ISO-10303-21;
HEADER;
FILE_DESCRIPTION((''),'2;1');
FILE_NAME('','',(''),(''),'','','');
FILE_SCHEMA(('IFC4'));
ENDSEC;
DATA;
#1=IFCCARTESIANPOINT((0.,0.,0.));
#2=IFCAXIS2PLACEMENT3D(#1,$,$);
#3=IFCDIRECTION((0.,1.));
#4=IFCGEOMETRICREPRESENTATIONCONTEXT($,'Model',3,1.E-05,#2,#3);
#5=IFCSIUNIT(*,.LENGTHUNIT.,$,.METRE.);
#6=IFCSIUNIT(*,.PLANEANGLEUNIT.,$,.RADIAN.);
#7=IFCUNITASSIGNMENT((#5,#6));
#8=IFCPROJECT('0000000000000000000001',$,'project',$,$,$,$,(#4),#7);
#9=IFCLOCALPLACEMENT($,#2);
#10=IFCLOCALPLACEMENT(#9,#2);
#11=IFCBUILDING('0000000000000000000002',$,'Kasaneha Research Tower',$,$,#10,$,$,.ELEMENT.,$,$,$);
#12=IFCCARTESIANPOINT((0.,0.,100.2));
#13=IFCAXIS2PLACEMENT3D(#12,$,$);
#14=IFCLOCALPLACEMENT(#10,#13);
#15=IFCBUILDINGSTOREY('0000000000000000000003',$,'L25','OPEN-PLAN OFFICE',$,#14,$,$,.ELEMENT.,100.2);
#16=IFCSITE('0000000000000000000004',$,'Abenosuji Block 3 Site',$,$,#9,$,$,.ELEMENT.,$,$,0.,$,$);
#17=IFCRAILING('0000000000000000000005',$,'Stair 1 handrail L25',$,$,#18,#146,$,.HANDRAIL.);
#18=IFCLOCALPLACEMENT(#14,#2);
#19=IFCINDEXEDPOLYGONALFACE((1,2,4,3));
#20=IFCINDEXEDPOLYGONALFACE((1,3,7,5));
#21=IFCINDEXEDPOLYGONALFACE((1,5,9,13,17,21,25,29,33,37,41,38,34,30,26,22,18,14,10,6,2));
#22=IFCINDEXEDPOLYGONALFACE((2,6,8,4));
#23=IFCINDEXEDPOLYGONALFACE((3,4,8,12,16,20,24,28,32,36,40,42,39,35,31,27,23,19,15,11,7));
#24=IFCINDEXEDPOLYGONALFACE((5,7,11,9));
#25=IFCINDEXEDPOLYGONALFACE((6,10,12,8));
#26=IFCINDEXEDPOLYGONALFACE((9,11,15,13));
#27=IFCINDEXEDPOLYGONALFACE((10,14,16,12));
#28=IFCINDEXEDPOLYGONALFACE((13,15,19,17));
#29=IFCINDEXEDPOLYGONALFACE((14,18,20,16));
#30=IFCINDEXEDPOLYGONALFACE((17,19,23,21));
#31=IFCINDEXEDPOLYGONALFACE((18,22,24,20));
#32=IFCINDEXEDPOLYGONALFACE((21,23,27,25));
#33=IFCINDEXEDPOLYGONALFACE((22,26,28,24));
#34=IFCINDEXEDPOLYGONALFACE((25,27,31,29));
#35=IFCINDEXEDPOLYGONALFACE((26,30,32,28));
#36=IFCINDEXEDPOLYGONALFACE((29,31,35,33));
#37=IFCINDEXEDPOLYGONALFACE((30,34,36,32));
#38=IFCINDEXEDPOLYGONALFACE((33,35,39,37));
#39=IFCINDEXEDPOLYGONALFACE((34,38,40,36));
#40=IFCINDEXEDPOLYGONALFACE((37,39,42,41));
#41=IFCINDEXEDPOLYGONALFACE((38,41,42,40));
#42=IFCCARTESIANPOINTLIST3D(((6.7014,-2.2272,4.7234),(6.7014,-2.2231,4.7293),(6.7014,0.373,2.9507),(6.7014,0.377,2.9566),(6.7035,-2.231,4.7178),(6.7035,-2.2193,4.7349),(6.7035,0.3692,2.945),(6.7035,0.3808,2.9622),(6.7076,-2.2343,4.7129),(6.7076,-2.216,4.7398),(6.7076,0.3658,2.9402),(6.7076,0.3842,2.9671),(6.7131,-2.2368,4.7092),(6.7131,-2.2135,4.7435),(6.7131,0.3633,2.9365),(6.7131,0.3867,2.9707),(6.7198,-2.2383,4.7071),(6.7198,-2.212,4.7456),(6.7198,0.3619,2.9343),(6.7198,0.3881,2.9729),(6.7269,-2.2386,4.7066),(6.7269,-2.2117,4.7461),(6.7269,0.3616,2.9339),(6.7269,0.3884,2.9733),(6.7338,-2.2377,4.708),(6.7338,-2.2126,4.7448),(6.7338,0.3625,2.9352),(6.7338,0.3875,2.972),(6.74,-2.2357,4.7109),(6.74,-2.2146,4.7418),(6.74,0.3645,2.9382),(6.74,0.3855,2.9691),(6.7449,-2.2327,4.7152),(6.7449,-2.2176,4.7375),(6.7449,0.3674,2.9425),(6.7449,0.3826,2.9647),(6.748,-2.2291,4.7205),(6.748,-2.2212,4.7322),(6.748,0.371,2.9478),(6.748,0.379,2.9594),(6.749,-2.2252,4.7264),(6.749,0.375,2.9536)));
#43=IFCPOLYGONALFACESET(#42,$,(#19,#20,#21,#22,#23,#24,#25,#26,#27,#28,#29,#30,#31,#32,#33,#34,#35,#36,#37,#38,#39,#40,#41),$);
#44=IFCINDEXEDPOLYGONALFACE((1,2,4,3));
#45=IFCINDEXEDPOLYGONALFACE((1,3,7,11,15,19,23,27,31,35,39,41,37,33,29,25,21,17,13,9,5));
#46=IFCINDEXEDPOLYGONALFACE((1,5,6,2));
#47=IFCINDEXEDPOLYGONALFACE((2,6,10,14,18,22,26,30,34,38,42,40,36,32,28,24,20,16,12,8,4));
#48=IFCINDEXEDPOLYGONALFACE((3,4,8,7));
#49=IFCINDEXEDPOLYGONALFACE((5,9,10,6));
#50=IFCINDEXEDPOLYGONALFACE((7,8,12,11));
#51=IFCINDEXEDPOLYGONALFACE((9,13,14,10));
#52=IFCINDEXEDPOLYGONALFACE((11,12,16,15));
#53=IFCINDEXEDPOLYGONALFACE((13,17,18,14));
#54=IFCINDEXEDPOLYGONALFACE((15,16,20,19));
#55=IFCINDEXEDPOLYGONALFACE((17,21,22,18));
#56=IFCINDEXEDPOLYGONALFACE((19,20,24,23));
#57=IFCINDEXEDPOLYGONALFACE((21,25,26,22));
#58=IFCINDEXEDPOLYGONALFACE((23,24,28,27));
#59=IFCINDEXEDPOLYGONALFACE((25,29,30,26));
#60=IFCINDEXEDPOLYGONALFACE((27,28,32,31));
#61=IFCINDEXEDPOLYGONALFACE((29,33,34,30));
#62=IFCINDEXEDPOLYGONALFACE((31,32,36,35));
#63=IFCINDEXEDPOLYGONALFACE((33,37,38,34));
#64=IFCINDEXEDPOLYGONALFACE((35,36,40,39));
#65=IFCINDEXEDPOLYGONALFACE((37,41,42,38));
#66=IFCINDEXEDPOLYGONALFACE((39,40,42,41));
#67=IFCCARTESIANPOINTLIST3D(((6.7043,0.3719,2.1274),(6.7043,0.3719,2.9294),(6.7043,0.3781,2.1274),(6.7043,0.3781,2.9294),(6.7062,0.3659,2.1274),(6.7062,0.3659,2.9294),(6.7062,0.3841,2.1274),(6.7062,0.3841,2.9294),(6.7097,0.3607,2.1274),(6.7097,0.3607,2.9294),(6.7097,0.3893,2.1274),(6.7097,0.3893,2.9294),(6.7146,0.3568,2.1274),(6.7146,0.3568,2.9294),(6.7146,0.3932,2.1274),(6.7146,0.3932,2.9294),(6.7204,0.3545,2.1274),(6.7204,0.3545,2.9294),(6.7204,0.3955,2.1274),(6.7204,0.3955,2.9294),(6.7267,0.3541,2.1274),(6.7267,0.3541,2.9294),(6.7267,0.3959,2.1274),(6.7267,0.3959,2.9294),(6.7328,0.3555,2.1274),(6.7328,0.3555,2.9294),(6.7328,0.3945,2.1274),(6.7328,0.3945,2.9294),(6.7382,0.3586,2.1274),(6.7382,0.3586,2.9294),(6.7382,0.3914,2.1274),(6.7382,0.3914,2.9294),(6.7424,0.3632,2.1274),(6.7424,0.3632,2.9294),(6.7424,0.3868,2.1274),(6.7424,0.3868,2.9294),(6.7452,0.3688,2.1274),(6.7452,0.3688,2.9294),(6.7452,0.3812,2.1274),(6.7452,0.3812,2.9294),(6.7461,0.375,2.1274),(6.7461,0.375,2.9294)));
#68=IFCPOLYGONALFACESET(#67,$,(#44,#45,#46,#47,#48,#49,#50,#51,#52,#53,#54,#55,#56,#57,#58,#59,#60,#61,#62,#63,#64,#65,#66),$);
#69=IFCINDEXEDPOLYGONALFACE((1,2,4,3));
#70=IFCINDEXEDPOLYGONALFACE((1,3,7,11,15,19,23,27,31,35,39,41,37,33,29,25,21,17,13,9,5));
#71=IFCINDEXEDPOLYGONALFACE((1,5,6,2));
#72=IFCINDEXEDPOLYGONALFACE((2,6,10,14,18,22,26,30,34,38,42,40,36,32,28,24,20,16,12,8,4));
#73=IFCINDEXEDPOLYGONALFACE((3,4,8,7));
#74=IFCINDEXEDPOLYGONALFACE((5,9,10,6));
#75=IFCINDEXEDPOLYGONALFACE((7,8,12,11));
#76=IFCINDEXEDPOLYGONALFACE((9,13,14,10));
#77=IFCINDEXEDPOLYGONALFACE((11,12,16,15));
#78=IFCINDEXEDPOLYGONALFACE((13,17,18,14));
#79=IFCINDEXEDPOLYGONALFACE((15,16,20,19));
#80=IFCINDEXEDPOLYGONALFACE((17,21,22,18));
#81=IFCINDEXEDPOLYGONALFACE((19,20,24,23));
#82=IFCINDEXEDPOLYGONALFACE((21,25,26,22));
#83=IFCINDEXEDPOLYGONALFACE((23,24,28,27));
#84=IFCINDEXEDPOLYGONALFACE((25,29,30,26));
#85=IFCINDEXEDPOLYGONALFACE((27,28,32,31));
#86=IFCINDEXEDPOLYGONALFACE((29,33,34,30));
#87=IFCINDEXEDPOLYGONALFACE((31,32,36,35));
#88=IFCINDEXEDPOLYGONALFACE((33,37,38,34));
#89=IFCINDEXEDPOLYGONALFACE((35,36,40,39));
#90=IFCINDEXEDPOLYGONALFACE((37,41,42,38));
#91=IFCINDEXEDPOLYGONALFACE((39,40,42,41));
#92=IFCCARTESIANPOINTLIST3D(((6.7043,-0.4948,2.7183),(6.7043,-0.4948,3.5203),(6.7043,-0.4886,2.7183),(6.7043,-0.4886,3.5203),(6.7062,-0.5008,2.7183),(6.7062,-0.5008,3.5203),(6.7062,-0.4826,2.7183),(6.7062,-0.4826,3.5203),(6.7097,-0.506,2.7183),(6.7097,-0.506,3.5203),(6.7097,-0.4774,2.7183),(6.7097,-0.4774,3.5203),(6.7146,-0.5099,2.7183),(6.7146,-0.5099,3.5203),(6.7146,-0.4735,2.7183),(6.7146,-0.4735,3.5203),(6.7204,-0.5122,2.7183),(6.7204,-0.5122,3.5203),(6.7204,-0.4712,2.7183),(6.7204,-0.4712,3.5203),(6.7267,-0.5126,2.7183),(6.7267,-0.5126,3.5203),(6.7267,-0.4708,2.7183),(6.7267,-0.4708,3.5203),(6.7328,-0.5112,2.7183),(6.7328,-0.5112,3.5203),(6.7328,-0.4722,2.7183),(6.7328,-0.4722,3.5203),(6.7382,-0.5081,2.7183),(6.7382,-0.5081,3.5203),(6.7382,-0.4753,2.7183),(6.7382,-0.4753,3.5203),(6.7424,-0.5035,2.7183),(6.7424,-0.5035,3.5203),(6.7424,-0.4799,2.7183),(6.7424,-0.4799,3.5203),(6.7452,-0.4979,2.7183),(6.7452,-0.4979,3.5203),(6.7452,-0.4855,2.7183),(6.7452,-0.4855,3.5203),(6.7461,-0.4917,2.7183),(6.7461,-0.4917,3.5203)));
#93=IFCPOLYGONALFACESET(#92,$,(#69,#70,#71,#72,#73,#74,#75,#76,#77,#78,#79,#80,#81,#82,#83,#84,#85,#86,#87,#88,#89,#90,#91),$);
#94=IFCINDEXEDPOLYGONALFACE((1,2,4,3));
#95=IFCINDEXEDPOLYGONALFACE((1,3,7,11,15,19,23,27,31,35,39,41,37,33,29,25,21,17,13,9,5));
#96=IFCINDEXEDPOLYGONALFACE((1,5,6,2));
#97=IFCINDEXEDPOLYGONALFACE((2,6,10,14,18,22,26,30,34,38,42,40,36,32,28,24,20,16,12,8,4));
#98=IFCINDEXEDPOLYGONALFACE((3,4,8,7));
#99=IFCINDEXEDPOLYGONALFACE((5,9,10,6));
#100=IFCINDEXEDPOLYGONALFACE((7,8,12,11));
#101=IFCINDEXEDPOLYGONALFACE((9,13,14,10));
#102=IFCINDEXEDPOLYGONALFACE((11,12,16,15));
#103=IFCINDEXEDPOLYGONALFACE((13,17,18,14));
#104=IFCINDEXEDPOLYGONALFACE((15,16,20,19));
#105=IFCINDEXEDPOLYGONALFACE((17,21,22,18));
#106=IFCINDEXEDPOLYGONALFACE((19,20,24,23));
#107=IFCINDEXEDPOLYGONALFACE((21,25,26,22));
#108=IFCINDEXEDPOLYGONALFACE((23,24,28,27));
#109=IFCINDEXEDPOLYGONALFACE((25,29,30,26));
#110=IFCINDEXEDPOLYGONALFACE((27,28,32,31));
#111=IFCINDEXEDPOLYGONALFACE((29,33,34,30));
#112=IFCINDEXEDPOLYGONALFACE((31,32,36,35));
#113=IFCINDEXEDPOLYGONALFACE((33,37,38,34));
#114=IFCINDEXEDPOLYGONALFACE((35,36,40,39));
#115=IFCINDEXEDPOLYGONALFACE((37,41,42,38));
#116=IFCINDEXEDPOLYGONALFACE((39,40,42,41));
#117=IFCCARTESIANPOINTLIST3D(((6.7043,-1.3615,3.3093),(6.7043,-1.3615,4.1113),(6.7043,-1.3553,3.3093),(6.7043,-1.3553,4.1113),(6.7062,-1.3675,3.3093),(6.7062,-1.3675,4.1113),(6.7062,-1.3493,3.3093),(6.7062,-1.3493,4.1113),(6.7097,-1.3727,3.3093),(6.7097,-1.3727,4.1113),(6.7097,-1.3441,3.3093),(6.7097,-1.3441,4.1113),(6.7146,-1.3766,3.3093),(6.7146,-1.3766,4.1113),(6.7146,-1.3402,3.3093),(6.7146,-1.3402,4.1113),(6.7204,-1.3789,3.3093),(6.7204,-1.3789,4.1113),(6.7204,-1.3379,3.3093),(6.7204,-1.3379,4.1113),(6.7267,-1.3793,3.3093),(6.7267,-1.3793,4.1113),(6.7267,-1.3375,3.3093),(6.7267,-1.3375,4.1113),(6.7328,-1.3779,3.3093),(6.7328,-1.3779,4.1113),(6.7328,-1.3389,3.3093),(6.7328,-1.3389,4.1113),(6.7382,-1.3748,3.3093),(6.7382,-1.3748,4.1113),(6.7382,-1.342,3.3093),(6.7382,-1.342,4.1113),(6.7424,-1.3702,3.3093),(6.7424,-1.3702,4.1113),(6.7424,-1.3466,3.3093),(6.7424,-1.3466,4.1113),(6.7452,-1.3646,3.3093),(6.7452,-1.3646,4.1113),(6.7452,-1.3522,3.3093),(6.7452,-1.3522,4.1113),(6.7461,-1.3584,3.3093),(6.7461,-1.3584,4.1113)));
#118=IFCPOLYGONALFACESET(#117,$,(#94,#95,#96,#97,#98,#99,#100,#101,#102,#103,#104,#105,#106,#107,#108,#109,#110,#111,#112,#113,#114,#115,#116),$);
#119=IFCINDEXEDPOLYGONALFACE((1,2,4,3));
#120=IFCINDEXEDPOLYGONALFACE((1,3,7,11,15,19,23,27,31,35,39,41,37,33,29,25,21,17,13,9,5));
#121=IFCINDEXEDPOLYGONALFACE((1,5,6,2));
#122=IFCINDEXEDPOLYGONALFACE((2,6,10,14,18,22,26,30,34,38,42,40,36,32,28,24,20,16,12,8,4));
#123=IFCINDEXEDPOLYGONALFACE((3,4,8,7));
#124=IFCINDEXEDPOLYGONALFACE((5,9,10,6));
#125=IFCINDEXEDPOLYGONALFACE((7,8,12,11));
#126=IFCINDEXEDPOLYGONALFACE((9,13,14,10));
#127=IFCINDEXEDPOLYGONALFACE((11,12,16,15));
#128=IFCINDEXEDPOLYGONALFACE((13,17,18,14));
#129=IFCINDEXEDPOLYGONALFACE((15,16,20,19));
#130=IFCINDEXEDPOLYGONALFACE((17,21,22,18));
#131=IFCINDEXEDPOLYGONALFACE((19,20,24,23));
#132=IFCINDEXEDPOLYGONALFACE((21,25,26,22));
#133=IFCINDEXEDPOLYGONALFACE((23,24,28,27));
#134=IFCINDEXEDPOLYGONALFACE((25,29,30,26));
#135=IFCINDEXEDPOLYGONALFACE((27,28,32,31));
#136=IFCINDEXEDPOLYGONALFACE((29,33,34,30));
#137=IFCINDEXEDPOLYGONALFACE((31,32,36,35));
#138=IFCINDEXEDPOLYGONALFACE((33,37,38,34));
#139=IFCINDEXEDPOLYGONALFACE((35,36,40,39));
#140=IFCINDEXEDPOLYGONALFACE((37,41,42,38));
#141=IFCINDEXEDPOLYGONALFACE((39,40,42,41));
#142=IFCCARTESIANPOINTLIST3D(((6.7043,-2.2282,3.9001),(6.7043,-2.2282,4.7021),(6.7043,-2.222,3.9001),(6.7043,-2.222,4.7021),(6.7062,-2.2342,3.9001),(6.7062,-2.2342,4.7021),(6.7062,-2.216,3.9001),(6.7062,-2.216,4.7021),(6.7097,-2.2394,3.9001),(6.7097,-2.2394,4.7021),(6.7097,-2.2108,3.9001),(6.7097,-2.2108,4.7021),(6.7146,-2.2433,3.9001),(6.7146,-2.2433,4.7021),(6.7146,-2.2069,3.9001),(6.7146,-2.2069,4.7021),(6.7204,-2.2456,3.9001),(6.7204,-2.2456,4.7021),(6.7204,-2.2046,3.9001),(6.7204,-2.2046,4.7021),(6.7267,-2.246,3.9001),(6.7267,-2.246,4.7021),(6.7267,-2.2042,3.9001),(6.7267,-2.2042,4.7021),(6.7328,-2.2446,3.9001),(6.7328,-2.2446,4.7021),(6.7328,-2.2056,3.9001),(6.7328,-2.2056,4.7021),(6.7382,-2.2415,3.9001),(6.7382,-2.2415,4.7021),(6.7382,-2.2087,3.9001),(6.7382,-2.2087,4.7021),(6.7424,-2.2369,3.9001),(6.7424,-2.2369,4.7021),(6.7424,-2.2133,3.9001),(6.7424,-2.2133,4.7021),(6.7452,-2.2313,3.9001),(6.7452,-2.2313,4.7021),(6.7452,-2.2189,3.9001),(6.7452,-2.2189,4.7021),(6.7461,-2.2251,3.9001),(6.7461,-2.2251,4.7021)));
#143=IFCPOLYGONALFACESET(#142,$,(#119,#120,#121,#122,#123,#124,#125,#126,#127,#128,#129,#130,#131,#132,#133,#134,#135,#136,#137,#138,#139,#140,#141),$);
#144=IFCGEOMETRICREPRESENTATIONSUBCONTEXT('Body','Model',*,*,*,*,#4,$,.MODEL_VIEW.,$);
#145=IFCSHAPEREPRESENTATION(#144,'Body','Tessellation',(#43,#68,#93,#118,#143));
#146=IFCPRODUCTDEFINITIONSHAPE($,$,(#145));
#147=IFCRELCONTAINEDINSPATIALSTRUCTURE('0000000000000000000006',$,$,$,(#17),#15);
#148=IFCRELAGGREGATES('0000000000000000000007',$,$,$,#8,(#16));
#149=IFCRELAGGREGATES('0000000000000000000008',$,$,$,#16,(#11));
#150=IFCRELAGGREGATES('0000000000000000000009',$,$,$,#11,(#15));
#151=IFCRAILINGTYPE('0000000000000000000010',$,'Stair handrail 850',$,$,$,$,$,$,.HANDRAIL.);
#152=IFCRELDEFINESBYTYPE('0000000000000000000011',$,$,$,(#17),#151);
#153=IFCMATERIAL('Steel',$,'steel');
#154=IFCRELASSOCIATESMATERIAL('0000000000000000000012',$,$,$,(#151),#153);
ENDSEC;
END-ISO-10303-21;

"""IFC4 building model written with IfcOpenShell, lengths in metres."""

from ifc_helpers import new_model, si_unit, direction, frame, origin, origin_2d, place, context, subcontext, project, spatial, circle, extrude, material, type_object, element, save


model = new_model("IFC4")

# Units and contexts
model_context = context("Model", 3, precision=1e-05, world=origin(), true_north=direction((0.0, 1.0)))
body_context = subcontext(model_context, "Body", "Model", "MODEL_VIEW")
ifc_project = project(units=[si_unit("LENGTHUNIT", "METRE"), si_unit("PLANEANGLEUNIT", "RADIAN")], contexts=[model_context])

# Site, building, storey
site_placement = place(None, origin())
site = spatial("IfcSite", under=ifc_project, at=site_placement, Name="Abenosuji Block 3 Site", CompositionType="ELEMENT", RefElevation=0.0)
building_placement = place(site_placement, origin())
building = spatial("IfcBuilding", under=site, at=building_placement, Name="Kasaneha Research Tower", CompositionType="ELEMENT")
storey_placement = place(building_placement, frame((0.0, 0.0, 100.2)))
storey = spatial("IfcBuildingStorey", under=building, at=storey_placement, Name="L25", Description="OPEN-PLAN OFFICE", CompositionType="ELEMENT", Elevation=100.2)

# Railing
ifc_material_1 = material(Name="Steel", Category="steel")
railing_type_1 = type_object("IfcRailingType", Name="Stair handrail 850", PredefinedType="HANDRAIL", material=ifc_material_1)
railing_1_placement = place(storey_placement, frame((6.7251, 0.375, 2.1274)))
element("IfcRailing", 1, at=railing_1_placement, inside=storey, type_object=railing_type_1, Name="Stair 1 handrail L25", PredefinedType="HANDRAIL", context=body_context, shape_type="SweptSolid", body=[
    extrude(circle(Radius=0.0239, at=origin_2d()), frame((0.0, 0.0, 0.8262), z_axis=(0.0, -0.82624, 0.563318), x_axis=(1.0, 0.0, 0.0)), (0.0, 0.0, 1.0), 3.147),
    extrude(circle(Radius=0.021, at=origin_2d()), origin(), (0.0, 0.0, 1.0), 0.802),
    extrude(circle(Radius=0.021, at=origin_2d()), frame((0.0, -0.8667, 0.5908)), (0.0, 0.0, 1.0), 0.802),
    extrude(circle(Radius=0.021, at=origin_2d()), frame((0.0, -1.7334, 1.1819)), (0.0, 0.0, 1.0), 0.802),
    extrude(circle(Radius=0.021, at=origin_2d()), frame((0.0, -2.6001, 1.7727)), (0.0, 0.0, 1.0), 0.802),
])

save(model, "model.ifc")
